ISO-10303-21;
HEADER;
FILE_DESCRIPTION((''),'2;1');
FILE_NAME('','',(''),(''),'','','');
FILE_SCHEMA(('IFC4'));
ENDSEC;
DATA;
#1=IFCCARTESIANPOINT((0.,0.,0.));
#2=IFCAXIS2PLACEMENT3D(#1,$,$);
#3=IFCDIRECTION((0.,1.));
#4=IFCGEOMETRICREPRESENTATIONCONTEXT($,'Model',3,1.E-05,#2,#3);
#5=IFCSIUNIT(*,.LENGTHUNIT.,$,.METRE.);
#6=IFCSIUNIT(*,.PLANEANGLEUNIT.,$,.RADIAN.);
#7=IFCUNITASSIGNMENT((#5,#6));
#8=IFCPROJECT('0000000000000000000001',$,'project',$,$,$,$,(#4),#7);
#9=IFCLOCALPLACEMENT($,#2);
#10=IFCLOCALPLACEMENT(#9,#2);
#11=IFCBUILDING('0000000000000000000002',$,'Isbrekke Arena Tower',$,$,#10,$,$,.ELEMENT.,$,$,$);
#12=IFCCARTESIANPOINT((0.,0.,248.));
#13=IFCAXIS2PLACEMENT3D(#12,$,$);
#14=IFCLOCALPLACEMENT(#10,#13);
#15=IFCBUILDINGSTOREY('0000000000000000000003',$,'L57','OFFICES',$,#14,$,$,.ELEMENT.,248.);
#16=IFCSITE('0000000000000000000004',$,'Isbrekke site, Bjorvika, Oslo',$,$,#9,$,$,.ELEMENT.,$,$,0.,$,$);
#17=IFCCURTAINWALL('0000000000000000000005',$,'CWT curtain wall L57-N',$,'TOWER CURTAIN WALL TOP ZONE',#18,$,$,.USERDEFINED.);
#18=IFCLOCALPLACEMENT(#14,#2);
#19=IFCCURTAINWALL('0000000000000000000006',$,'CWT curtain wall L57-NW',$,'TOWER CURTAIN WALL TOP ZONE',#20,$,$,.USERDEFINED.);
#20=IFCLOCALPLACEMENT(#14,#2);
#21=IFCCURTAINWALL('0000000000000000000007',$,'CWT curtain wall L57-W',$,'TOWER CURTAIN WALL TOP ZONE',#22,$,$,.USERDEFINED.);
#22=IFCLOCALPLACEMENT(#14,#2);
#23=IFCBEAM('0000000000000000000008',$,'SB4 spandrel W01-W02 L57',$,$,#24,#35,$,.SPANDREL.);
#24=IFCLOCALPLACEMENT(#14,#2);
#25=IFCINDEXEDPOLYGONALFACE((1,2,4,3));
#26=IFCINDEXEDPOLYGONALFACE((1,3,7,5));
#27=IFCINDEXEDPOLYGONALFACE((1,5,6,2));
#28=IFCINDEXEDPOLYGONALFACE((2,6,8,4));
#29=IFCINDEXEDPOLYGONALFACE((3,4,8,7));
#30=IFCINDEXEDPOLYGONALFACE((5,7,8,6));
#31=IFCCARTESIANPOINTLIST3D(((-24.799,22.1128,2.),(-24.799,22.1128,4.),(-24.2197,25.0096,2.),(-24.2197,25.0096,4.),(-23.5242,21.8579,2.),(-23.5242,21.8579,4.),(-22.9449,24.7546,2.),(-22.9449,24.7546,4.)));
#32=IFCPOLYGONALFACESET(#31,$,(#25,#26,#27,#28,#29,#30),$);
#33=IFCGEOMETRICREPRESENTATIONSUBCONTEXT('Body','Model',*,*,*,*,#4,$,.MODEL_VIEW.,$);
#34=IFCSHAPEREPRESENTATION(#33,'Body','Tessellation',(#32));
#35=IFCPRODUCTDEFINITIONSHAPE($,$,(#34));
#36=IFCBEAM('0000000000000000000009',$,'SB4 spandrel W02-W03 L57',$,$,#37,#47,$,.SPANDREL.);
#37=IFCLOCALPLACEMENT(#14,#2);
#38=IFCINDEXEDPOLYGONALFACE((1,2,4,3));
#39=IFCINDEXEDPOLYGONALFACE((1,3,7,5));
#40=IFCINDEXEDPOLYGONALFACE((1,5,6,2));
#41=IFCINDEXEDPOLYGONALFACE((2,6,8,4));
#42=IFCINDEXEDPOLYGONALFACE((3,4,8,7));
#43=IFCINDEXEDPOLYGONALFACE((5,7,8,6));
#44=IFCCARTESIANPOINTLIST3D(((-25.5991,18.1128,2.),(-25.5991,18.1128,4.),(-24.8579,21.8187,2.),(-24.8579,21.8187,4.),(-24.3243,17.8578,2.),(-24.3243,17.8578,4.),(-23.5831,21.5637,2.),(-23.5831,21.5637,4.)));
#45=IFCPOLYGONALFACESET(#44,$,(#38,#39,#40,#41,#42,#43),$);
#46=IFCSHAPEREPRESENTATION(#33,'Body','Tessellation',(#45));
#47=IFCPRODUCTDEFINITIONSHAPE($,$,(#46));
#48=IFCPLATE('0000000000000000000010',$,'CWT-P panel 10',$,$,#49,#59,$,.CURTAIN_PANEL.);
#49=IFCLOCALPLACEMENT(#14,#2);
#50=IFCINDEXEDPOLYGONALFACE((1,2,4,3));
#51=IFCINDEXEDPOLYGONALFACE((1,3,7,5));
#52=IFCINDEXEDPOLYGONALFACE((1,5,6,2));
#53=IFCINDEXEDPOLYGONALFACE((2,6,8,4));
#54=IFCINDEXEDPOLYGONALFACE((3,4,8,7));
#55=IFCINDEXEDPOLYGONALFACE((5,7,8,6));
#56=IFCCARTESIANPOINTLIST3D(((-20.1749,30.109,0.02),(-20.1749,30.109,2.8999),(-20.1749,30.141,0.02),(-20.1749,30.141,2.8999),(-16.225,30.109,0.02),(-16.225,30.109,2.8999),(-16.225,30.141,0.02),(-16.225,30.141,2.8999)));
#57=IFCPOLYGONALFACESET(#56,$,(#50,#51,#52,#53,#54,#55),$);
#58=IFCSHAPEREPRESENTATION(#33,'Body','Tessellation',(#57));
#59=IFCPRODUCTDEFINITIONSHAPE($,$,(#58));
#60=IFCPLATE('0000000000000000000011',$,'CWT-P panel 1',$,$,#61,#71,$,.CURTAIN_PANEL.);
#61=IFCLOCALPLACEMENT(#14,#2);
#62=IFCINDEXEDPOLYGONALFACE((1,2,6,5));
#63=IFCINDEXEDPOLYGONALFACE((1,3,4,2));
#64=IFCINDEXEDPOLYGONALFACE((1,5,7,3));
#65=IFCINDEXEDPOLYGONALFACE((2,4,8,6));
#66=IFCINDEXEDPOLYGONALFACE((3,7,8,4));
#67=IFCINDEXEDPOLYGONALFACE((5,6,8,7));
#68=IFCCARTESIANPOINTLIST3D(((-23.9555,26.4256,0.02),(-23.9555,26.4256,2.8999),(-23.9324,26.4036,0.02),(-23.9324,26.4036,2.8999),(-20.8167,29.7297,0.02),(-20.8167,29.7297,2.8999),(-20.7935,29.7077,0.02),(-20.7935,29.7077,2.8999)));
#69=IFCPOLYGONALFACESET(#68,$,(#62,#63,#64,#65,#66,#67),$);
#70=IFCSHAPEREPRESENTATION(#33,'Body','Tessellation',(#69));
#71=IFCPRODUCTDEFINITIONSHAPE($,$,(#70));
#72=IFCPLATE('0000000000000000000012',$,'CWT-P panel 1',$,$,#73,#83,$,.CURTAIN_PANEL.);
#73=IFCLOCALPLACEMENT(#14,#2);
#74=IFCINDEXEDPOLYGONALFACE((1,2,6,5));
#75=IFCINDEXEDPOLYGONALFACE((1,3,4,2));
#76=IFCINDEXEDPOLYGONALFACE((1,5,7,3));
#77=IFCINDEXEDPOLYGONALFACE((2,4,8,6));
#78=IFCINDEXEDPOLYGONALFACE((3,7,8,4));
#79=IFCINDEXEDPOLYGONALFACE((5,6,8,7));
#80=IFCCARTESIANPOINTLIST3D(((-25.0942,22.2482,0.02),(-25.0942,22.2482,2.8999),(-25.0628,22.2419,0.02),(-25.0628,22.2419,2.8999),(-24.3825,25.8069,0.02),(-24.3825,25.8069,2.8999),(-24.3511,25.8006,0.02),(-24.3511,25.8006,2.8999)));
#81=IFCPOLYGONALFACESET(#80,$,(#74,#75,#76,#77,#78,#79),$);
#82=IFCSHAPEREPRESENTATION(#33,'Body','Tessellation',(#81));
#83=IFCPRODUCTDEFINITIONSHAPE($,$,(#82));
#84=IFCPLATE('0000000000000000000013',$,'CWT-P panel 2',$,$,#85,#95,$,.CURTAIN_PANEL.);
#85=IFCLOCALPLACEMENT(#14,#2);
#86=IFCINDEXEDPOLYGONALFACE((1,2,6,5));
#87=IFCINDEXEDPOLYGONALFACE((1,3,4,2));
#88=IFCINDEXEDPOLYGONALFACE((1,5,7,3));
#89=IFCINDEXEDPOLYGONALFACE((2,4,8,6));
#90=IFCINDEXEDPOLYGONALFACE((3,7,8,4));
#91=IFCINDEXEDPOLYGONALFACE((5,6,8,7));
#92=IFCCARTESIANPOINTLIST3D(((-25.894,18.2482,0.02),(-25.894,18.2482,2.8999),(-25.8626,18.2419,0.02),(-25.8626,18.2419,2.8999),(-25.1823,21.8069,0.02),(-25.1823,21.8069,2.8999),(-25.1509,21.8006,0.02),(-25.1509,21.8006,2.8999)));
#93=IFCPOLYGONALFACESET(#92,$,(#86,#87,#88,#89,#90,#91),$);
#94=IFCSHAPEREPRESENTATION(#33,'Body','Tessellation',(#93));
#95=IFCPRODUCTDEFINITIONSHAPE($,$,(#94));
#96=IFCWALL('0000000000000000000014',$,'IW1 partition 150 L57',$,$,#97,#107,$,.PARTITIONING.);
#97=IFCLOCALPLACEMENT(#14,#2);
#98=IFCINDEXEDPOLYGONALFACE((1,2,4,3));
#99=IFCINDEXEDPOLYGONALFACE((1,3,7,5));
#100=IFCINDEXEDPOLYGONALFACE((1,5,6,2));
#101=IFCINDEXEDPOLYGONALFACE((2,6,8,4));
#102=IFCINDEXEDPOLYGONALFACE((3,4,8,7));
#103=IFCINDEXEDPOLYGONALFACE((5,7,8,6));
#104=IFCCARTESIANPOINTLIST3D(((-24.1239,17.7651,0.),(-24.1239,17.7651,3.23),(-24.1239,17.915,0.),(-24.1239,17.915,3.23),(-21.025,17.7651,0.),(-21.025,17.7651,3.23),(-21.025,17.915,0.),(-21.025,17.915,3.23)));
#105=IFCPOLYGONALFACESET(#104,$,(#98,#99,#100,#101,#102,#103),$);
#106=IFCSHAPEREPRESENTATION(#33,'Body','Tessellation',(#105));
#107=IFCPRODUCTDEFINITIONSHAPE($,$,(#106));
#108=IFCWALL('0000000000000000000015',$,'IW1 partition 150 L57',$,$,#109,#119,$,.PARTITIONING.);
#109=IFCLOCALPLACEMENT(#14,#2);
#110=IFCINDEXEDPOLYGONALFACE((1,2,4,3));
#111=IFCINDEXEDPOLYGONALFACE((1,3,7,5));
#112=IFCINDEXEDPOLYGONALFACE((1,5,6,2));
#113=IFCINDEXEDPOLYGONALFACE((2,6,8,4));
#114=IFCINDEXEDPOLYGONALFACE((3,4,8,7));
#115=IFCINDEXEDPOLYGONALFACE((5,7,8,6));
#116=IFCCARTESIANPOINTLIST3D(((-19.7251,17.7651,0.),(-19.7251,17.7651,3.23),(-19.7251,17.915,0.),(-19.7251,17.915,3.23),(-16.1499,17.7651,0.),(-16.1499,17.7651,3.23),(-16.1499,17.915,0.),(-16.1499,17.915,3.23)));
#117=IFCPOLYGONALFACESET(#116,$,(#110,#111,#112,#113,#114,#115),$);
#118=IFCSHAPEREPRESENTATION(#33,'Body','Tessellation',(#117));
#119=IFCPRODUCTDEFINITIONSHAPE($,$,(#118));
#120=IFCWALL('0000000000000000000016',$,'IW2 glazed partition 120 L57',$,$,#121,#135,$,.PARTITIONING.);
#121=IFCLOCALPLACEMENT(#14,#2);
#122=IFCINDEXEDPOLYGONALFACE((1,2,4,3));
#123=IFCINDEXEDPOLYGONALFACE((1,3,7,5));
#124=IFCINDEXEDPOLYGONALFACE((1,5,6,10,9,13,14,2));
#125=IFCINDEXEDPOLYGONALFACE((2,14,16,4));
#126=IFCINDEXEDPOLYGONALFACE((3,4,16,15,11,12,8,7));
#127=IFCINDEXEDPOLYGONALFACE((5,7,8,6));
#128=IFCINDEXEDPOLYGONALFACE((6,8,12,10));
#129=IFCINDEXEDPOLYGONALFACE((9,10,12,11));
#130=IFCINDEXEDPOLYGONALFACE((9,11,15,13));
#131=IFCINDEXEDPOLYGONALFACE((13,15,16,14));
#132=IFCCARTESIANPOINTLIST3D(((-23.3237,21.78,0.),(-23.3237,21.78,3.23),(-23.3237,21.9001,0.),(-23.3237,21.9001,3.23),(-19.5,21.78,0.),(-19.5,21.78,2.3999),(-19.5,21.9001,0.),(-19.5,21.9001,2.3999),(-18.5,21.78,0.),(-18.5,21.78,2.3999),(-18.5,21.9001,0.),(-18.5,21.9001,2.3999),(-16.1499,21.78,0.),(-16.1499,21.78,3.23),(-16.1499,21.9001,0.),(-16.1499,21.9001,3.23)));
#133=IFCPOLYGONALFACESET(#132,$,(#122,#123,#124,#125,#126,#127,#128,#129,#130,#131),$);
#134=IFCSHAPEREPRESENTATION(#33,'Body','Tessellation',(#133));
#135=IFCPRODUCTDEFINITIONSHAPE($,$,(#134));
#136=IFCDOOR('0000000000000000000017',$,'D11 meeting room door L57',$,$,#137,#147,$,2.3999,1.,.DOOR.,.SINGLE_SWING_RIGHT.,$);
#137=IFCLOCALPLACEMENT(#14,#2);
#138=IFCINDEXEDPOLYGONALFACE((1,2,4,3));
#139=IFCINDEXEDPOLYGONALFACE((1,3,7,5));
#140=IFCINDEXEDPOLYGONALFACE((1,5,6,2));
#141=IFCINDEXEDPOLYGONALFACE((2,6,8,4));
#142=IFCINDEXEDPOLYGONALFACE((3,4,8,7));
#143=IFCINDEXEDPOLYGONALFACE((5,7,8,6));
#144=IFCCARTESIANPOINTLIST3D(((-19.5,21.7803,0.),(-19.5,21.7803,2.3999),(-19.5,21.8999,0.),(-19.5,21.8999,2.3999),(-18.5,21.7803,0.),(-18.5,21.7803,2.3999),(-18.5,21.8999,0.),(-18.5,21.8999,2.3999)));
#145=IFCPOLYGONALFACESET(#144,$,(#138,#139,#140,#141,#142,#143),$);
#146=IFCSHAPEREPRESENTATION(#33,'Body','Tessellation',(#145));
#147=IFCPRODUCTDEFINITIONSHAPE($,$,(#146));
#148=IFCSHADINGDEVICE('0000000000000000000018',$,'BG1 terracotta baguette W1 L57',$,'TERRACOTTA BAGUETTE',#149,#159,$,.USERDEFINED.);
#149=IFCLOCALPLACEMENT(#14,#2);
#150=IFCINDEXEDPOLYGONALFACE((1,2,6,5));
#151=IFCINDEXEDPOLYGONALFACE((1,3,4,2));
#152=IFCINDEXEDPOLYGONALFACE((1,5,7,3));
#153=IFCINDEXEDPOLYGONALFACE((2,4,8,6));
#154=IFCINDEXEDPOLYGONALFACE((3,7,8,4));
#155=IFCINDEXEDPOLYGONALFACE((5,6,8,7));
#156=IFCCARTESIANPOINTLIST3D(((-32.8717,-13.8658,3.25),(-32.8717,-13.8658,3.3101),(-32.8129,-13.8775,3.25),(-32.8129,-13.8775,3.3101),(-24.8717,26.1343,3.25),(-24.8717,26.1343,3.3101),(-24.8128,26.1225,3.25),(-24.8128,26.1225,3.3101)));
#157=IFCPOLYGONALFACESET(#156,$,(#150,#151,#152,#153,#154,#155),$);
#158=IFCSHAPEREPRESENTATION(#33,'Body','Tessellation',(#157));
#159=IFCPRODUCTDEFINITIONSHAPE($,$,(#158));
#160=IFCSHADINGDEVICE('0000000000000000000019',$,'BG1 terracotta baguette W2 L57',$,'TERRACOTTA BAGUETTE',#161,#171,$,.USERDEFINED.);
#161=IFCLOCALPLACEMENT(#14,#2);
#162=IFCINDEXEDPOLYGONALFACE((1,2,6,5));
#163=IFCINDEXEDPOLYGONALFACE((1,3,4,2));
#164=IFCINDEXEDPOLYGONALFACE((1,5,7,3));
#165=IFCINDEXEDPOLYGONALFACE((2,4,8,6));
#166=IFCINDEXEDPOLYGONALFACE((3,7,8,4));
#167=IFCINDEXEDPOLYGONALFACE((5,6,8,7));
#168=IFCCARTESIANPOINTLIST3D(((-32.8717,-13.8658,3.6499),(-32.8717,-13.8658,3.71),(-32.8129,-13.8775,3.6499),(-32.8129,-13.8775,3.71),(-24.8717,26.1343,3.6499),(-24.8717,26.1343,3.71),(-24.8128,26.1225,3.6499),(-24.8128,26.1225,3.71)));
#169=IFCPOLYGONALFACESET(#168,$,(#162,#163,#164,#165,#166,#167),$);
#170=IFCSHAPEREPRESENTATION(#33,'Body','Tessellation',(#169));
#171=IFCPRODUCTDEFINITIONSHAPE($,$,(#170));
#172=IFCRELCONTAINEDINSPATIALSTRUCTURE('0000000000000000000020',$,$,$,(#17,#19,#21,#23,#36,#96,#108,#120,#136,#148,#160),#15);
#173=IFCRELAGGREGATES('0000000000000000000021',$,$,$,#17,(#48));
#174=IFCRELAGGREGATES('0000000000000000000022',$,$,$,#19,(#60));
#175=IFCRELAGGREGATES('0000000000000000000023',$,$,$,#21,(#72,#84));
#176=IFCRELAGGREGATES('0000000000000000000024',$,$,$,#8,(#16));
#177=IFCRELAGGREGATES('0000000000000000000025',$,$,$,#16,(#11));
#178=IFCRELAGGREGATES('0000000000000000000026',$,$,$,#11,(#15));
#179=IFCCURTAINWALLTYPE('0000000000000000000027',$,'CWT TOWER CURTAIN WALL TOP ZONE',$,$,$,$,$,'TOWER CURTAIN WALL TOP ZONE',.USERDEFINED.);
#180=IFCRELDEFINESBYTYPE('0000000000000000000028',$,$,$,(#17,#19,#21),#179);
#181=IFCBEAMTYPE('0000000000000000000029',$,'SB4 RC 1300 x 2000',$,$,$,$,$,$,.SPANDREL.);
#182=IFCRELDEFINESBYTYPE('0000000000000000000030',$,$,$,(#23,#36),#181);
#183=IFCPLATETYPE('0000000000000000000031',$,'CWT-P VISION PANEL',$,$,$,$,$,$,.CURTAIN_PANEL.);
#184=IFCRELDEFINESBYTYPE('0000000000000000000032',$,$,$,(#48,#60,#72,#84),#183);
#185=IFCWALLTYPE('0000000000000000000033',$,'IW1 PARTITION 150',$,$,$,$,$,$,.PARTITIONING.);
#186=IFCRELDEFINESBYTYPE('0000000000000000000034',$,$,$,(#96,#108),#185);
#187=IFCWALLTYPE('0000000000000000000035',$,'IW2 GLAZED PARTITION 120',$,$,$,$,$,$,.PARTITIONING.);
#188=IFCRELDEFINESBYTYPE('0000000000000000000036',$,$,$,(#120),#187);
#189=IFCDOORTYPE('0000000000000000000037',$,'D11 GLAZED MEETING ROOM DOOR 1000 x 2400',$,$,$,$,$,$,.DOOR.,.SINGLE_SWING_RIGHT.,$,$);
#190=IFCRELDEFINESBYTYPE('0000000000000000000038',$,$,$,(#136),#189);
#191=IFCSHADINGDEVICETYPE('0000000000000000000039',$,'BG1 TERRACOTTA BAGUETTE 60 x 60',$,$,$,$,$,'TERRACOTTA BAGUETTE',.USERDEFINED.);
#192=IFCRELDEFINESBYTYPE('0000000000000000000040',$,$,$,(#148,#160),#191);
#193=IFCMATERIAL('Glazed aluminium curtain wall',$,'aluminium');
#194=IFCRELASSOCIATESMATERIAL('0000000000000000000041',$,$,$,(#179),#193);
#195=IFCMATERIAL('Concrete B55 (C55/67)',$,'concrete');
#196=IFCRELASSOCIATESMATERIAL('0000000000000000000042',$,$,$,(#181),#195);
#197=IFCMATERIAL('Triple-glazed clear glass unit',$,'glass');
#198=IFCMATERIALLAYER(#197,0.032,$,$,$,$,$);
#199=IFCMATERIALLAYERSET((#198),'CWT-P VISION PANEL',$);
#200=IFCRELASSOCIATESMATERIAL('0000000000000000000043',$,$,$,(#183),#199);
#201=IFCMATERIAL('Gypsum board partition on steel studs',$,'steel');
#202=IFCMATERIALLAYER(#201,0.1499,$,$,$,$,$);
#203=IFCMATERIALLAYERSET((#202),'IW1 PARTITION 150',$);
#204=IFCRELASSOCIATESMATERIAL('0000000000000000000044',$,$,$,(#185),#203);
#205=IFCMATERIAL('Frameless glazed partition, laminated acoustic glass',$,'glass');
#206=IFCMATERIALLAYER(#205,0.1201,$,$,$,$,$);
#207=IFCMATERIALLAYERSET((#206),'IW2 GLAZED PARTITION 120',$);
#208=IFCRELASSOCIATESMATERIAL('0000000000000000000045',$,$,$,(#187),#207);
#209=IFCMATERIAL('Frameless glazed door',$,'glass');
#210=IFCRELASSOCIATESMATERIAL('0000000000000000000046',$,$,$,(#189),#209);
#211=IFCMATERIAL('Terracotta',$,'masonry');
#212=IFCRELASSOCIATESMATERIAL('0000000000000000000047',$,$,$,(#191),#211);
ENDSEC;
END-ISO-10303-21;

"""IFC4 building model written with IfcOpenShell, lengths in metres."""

from ifc_helpers import new_model, si_unit, direction, frame, frame_2d, origin, origin_2d, place, context, subcontext, project, spatial, rectangle, extrude, material, layer, layer_set, material_profile, profile_set, type_object, element, fill, aggregate, save


model = new_model("IFC4")

# Units and contexts
model_context = context("Model", 3, precision=1e-05, world=origin(), true_north=direction((0.0, 1.0)))
body_context = subcontext(model_context, "Body", "Model", "MODEL_VIEW")
ifc_project = project(units=[si_unit("LENGTHUNIT", "METRE"), si_unit("PLANEANGLEUNIT", "RADIAN")], contexts=[model_context])

# Site, building, storey
site_placement = place(None, origin())
site = spatial("IfcSite", under=ifc_project, at=site_placement, Name="Isbrekke site, Bjorvika, Oslo", CompositionType="ELEMENT", RefElevation=0.0)
building_placement = place(site_placement, origin())
building = spatial("IfcBuilding", under=site, at=building_placement, Name="Isbrekke Arena Tower", CompositionType="ELEMENT")
storey_placement = place(building_placement, frame((0.0, 0.0, 248.0)))
storey = spatial("IfcBuildingStorey", under=building, at=storey_placement, Name="L57", Description="OFFICES", CompositionType="ELEMENT", Elevation=248.0)

# Curtain wall
ifc_material_1 = material(Name="Glazed aluminium curtain wall", Category="aluminium")
curtain_wall_type = type_object("IfcCurtainWallType", Name="CWT TOWER CURTAIN WALL TOP ZONE", ElementType="TOWER CURTAIN WALL TOP ZONE", PredefinedType="USERDEFINED", material=ifc_material_1)
curtain_wall_1_placement = place(storey_placement, origin())
curtain_wall_1 = element("IfcCurtainWall", 1, at=curtain_wall_1_placement, inside=storey, type_object=curtain_wall_type, Name="CWT curtain wall L57-N", ObjectType="TOWER CURTAIN WALL TOP ZONE", PredefinedType="USERDEFINED")

# Curtain walls
curtain_wall_2_placement = place(storey_placement, origin())
curtain_wall_2 = element("IfcCurtainWall", 2, at=curtain_wall_2_placement, inside=storey, type_object=curtain_wall_type, Name="CWT curtain wall L57-NW", ObjectType="TOWER CURTAIN WALL TOP ZONE", PredefinedType="USERDEFINED")
curtain_wall_3_placement = place(storey_placement, origin())
curtain_wall_3 = element("IfcCurtainWall", 3, at=curtain_wall_3_placement, inside=storey, type_object=curtain_wall_type, Name="CWT curtain wall L57-W", ObjectType="TOWER CURTAIN WALL TOP ZONE", PredefinedType="USERDEFINED")

# Beams
ifc_material_2 = material(Name="Concrete B55 (C55/67)", Category="concrete")
ifc_material_profile_1 = material_profile(ifc_material_2, rectangle(XDim=1.3, YDim=2.0, at=origin_2d()), Name="RC 1300x2000")
ifc_profile_set_1 = profile_set([ifc_material_profile_1], Name="Concrete B55 (C55/67)")
beam_type_1 = type_object("IfcBeamType", Name="SB4 RC 1300 x 2000", PredefinedType="SPANDREL", material=ifc_profile_set_1)
beam_1_placement = place(storey_placement, frame((-23.5823, 24.8821, 3.0), z_axis=(-0.196116, -0.980581, 0.0), x_axis=(0.980581, -0.196116, 0.0)))
element("IfcBeam", 4, at=beam_1_placement, inside=storey, type_object=beam_type_1, Name="SB4 spandrel W01-W02 L57", PredefinedType="SPANDREL", context=body_context, shape_type="SweptSolid", body=[
    extrude(rectangle(XDim=1.3, YDim=2.0, at=origin_2d()), origin(), (0.0, 0.0, 1.0), 2.9541),
])
beam_2_placement = place(storey_placement, frame((-24.2205, 21.6912, 3.0), z_axis=(-0.196129, -0.980578, 0.0), x_axis=(0.980578, -0.196129, 0.0)))
element("IfcBeam", 5, at=beam_2_placement, inside=storey, type_object=beam_type_1, Name="SB4 spandrel W02-W03 L57", PredefinedType="SPANDREL", context=body_context, shape_type="SweptSolid", body=[
    extrude(rectangle(XDim=1.3, YDim=2.0, at=origin_2d()), origin(), (0.0, 0.0, 1.0), 3.7793),
])

# Plates
ifc_material_3 = material(Name="Triple-glazed clear glass unit", Category="glass")
ifc_layer_1 = layer(ifc_material_3, 0.032)
ifc_layer_set_1 = layer_set([ifc_layer_1], Name="CWT-P VISION PANEL")
plate_type = type_object("IfcPlateType", Name="CWT-P VISION PANEL", PredefinedType="CURTAIN_PANEL", material=ifc_layer_set_1)
plate_1_placement = place(storey_placement, frame((-18.2, 30.125, 0.02), z_axis=(0.0, 0.0, 1.0), x_axis=(-1.0, 0.0, 0.0)))
plate_1 = element("IfcPlate", 6, at=plate_1_placement, type_object=plate_type, Name="CWT-P panel 10", PredefinedType="CURTAIN_PANEL", context=body_context, shape_type="SweptSolid", body=[
    extrude(rectangle(XDim=3.95, YDim=0.032, at=origin_2d()), origin(), (0.0, 0.0, 1.0), 2.8799),
])
aggregate(curtain_wall_1, [plate_1])
plate_2_placement = place(storey_placement, frame((-22.3745, 28.0667, 0.02), z_axis=(0.0, 0.0, 1.0), x_axis=(-0.688749, -0.724999, 0.0)))
plate_2 = element("IfcPlate", 7, at=plate_2_placement, type_object=plate_type, Name="CWT-P panel 1", PredefinedType="CURTAIN_PANEL", context=body_context, shape_type="SweptSolid", body=[
    extrude(rectangle(XDim=4.5574, YDim=0.032, at=origin_2d()), origin(), (0.0, 0.0, 1.0), 2.8799),
])
aggregate(curtain_wall_2, [plate_2])
plate_3_placement = place(storey_placement, frame((-24.7227, 24.0244, 0.02), z_axis=(0.0, 0.0, 1.0), x_axis=(-0.196116, -0.980581, 0.0)))
plate_3 = element("IfcPlate", 8, at=plate_3_placement, type_object=plate_type, Name="CWT-P panel 1", PredefinedType="CURTAIN_PANEL", context=body_context, shape_type="SweptSolid", body=[
    extrude(rectangle(XDim=3.6292, YDim=0.032, at=origin_2d()), origin(), (0.0, 0.0, 1.0), 2.8799),
])
plate_4_placement = place(storey_placement, frame((-25.5225, 20.0244, 0.02), z_axis=(0.0, 0.0, 1.0), x_axis=(-0.196116, -0.980581, 0.0)))
plate_4 = element("IfcPlate", 9, at=plate_4_placement, type_object=plate_type, Name="CWT-P panel 2", PredefinedType="CURTAIN_PANEL", context=body_context, shape_type="SweptSolid", body=[
    extrude(rectangle(XDim=3.6292, YDim=0.032, at=origin_2d()), origin(), (0.0, 0.0, 1.0), 2.8799),
])
aggregate(curtain_wall_3, [plate_3, plate_4])

# Walls
ifc_material_4 = material(Name="Gypsum board partition on steel studs", Category="steel")
ifc_layer_2 = layer(ifc_material_4, 0.1499)
ifc_layer_set_2 = layer_set([ifc_layer_2], Name="IW1 PARTITION 150")
wall_type_1 = type_object("IfcWallType", Name="IW1 PARTITION 150", PredefinedType="PARTITIONING", material=ifc_layer_set_2)
wall_1_placement = place(storey_placement, frame((-24.1238, 17.8401, 0.0), z_axis=(0.0, 0.0, 1.0), x_axis=(1.0, 0.0, 0.0)))
element("IfcWall", 10, at=wall_1_placement, inside=storey, type_object=wall_type_1, Name="IW1 partition 150 L57", PredefinedType="PARTITIONING", context=body_context, shape_type="SweptSolid", body=[
    extrude(rectangle(XDim=3.0989, YDim=0.1499, at=frame_2d((1.5493, 0.0))), origin(), (0.0, 0.0, 1.0), 3.23),
])
wall_2_placement = place(storey_placement, frame((-19.7251, 17.8401, 0.0), z_axis=(0.0, 0.0, 1.0), x_axis=(1.0, 0.0, 0.0)))
element("IfcWall", 11, at=wall_2_placement, inside=storey, type_object=wall_type_1, Name="IW1 partition 150 L57", PredefinedType="PARTITIONING", context=body_context, shape_type="SweptSolid", body=[
    extrude(rectangle(XDim=3.5752, YDim=0.1499, at=frame_2d((1.7876, 0.0))), origin(), (0.0, 0.0, 1.0), 3.23),
])

# Wall, opening, door
ifc_material_5 = material(Name="Frameless glazed partition, laminated acoustic glass", Category="glass")
ifc_layer_3 = layer(ifc_material_5, 0.1201)
ifc_layer_set_3 = layer_set([ifc_layer_3], Name="IW2 GLAZED PARTITION 120")
wall_type_2 = type_object("IfcWallType", Name="IW2 GLAZED PARTITION 120", PredefinedType="PARTITIONING", material=ifc_layer_set_3)
wall_3_placement = place(storey_placement, frame((-23.3237, 21.8401, 0.0), z_axis=(0.0, 0.0, 1.0), x_axis=(1.0, 0.0, 0.0)))
wall_3 = element("IfcWall", 12, at=wall_3_placement, inside=storey, type_object=wall_type_2, Name="IW2 glazed partition 120 L57", PredefinedType="PARTITIONING", context=body_context, shape_type="SweptSolid", body=[
    extrude(rectangle(XDim=7.1738, YDim=0.1201, at=frame_2d((3.5869, 0.0))), origin(), (0.0, 0.0, 1.0), 3.23),
])
opening_placement = place(wall_3_placement, frame((3.8237, 0.0, 0.0)))
opening = element("IfcOpeningElement", 13, at=opening_placement, cuts=wall_3, PredefinedType="OPENING", context=body_context, shape_type="SweptSolid", body=[
    extrude(rectangle(XDim=1.0, YDim=2.3999, at=frame_2d((0.5, 1.2))), frame((0.0, 0.075, 0.0), z_axis=(0.0, -1.0, 0.0), x_axis=(1.0, 0.0, 0.0)), (0.0, 0.0, 1.0), 0.1499),
])
ifc_material_6 = material(Name="Frameless glazed door", Category="glass")
door_type = type_object("IfcDoorType", Name="D11 GLAZED MEETING ROOM DOOR 1000 x 2400", OperationType="SINGLE_SWING_RIGHT", PredefinedType="DOOR", material=ifc_material_6)
door_placement = place(opening_placement, origin())
door = element("IfcDoor", 14, at=door_placement, inside=storey, type_object=door_type, Name="D11 meeting room door L57", OperationType="SINGLE_SWING_RIGHT", OverallHeight=2.3999, OverallWidth=1.0, PredefinedType="DOOR", context=body_context, shape_type="SweptSolid", body=[
    extrude(rectangle(XDim=1.0, YDim=2.3999, at=frame_2d((0.5, 1.2))), frame((0.0, 0.0598, 0.0), z_axis=(0.0, -1.0, 0.0), x_axis=(1.0, 0.0, 0.0)), (0.0, 0.0, 1.0), 0.1196),
])
fill(opening, door)

# Shading devices
ifc_material_7 = material(Name="Terracotta", Category="masonry")
ifc_material_profile_2 = material_profile(ifc_material_7, rectangle(XDim=0.0601, YDim=0.0601, at=origin_2d()), Name="BAGUETTE 60X60")
ifc_profile_set_2 = profile_set([ifc_material_profile_2], Name="Terracotta")
shading_device_type = type_object("IfcShadingDeviceType", Name="BG1 TERRACOTTA BAGUETTE 60 x 60", ElementType="TERRACOTTA BAGUETTE", PredefinedType="USERDEFINED", material=ifc_profile_set_2)
for number, where, z_axis, x_axis, name in (
    (15, (-24.8423, 26.1284, 3.28), (-0.196116, -0.980581, 0.0), (0.980581, -0.196116, 0.0), "BG1 terracotta baguette W1 L57"),
    (16, (-24.8423, 26.1284, 3.6799), (-0.196116, -0.980581, 0.0), (0.980581, -0.196116, 0.0), "BG1 terracotta baguette W2 L57"),
):
    element("IfcShadingDevice", number, at=place(storey_placement, frame(where, z_axis=z_axis, x_axis=x_axis)), inside=storey, type_object=shading_device_type, Name=name, ObjectType="TERRACOTTA BAGUETTE", PredefinedType="USERDEFINED", context=body_context, shape_type="SweptSolid", body=[
        extrude(rectangle(XDim=0.0601, YDim=0.0601, at=origin_2d()), origin(), (0.0, 0.0, 1.0), 40.7922),
    ])

save(model, "model.ifc")
